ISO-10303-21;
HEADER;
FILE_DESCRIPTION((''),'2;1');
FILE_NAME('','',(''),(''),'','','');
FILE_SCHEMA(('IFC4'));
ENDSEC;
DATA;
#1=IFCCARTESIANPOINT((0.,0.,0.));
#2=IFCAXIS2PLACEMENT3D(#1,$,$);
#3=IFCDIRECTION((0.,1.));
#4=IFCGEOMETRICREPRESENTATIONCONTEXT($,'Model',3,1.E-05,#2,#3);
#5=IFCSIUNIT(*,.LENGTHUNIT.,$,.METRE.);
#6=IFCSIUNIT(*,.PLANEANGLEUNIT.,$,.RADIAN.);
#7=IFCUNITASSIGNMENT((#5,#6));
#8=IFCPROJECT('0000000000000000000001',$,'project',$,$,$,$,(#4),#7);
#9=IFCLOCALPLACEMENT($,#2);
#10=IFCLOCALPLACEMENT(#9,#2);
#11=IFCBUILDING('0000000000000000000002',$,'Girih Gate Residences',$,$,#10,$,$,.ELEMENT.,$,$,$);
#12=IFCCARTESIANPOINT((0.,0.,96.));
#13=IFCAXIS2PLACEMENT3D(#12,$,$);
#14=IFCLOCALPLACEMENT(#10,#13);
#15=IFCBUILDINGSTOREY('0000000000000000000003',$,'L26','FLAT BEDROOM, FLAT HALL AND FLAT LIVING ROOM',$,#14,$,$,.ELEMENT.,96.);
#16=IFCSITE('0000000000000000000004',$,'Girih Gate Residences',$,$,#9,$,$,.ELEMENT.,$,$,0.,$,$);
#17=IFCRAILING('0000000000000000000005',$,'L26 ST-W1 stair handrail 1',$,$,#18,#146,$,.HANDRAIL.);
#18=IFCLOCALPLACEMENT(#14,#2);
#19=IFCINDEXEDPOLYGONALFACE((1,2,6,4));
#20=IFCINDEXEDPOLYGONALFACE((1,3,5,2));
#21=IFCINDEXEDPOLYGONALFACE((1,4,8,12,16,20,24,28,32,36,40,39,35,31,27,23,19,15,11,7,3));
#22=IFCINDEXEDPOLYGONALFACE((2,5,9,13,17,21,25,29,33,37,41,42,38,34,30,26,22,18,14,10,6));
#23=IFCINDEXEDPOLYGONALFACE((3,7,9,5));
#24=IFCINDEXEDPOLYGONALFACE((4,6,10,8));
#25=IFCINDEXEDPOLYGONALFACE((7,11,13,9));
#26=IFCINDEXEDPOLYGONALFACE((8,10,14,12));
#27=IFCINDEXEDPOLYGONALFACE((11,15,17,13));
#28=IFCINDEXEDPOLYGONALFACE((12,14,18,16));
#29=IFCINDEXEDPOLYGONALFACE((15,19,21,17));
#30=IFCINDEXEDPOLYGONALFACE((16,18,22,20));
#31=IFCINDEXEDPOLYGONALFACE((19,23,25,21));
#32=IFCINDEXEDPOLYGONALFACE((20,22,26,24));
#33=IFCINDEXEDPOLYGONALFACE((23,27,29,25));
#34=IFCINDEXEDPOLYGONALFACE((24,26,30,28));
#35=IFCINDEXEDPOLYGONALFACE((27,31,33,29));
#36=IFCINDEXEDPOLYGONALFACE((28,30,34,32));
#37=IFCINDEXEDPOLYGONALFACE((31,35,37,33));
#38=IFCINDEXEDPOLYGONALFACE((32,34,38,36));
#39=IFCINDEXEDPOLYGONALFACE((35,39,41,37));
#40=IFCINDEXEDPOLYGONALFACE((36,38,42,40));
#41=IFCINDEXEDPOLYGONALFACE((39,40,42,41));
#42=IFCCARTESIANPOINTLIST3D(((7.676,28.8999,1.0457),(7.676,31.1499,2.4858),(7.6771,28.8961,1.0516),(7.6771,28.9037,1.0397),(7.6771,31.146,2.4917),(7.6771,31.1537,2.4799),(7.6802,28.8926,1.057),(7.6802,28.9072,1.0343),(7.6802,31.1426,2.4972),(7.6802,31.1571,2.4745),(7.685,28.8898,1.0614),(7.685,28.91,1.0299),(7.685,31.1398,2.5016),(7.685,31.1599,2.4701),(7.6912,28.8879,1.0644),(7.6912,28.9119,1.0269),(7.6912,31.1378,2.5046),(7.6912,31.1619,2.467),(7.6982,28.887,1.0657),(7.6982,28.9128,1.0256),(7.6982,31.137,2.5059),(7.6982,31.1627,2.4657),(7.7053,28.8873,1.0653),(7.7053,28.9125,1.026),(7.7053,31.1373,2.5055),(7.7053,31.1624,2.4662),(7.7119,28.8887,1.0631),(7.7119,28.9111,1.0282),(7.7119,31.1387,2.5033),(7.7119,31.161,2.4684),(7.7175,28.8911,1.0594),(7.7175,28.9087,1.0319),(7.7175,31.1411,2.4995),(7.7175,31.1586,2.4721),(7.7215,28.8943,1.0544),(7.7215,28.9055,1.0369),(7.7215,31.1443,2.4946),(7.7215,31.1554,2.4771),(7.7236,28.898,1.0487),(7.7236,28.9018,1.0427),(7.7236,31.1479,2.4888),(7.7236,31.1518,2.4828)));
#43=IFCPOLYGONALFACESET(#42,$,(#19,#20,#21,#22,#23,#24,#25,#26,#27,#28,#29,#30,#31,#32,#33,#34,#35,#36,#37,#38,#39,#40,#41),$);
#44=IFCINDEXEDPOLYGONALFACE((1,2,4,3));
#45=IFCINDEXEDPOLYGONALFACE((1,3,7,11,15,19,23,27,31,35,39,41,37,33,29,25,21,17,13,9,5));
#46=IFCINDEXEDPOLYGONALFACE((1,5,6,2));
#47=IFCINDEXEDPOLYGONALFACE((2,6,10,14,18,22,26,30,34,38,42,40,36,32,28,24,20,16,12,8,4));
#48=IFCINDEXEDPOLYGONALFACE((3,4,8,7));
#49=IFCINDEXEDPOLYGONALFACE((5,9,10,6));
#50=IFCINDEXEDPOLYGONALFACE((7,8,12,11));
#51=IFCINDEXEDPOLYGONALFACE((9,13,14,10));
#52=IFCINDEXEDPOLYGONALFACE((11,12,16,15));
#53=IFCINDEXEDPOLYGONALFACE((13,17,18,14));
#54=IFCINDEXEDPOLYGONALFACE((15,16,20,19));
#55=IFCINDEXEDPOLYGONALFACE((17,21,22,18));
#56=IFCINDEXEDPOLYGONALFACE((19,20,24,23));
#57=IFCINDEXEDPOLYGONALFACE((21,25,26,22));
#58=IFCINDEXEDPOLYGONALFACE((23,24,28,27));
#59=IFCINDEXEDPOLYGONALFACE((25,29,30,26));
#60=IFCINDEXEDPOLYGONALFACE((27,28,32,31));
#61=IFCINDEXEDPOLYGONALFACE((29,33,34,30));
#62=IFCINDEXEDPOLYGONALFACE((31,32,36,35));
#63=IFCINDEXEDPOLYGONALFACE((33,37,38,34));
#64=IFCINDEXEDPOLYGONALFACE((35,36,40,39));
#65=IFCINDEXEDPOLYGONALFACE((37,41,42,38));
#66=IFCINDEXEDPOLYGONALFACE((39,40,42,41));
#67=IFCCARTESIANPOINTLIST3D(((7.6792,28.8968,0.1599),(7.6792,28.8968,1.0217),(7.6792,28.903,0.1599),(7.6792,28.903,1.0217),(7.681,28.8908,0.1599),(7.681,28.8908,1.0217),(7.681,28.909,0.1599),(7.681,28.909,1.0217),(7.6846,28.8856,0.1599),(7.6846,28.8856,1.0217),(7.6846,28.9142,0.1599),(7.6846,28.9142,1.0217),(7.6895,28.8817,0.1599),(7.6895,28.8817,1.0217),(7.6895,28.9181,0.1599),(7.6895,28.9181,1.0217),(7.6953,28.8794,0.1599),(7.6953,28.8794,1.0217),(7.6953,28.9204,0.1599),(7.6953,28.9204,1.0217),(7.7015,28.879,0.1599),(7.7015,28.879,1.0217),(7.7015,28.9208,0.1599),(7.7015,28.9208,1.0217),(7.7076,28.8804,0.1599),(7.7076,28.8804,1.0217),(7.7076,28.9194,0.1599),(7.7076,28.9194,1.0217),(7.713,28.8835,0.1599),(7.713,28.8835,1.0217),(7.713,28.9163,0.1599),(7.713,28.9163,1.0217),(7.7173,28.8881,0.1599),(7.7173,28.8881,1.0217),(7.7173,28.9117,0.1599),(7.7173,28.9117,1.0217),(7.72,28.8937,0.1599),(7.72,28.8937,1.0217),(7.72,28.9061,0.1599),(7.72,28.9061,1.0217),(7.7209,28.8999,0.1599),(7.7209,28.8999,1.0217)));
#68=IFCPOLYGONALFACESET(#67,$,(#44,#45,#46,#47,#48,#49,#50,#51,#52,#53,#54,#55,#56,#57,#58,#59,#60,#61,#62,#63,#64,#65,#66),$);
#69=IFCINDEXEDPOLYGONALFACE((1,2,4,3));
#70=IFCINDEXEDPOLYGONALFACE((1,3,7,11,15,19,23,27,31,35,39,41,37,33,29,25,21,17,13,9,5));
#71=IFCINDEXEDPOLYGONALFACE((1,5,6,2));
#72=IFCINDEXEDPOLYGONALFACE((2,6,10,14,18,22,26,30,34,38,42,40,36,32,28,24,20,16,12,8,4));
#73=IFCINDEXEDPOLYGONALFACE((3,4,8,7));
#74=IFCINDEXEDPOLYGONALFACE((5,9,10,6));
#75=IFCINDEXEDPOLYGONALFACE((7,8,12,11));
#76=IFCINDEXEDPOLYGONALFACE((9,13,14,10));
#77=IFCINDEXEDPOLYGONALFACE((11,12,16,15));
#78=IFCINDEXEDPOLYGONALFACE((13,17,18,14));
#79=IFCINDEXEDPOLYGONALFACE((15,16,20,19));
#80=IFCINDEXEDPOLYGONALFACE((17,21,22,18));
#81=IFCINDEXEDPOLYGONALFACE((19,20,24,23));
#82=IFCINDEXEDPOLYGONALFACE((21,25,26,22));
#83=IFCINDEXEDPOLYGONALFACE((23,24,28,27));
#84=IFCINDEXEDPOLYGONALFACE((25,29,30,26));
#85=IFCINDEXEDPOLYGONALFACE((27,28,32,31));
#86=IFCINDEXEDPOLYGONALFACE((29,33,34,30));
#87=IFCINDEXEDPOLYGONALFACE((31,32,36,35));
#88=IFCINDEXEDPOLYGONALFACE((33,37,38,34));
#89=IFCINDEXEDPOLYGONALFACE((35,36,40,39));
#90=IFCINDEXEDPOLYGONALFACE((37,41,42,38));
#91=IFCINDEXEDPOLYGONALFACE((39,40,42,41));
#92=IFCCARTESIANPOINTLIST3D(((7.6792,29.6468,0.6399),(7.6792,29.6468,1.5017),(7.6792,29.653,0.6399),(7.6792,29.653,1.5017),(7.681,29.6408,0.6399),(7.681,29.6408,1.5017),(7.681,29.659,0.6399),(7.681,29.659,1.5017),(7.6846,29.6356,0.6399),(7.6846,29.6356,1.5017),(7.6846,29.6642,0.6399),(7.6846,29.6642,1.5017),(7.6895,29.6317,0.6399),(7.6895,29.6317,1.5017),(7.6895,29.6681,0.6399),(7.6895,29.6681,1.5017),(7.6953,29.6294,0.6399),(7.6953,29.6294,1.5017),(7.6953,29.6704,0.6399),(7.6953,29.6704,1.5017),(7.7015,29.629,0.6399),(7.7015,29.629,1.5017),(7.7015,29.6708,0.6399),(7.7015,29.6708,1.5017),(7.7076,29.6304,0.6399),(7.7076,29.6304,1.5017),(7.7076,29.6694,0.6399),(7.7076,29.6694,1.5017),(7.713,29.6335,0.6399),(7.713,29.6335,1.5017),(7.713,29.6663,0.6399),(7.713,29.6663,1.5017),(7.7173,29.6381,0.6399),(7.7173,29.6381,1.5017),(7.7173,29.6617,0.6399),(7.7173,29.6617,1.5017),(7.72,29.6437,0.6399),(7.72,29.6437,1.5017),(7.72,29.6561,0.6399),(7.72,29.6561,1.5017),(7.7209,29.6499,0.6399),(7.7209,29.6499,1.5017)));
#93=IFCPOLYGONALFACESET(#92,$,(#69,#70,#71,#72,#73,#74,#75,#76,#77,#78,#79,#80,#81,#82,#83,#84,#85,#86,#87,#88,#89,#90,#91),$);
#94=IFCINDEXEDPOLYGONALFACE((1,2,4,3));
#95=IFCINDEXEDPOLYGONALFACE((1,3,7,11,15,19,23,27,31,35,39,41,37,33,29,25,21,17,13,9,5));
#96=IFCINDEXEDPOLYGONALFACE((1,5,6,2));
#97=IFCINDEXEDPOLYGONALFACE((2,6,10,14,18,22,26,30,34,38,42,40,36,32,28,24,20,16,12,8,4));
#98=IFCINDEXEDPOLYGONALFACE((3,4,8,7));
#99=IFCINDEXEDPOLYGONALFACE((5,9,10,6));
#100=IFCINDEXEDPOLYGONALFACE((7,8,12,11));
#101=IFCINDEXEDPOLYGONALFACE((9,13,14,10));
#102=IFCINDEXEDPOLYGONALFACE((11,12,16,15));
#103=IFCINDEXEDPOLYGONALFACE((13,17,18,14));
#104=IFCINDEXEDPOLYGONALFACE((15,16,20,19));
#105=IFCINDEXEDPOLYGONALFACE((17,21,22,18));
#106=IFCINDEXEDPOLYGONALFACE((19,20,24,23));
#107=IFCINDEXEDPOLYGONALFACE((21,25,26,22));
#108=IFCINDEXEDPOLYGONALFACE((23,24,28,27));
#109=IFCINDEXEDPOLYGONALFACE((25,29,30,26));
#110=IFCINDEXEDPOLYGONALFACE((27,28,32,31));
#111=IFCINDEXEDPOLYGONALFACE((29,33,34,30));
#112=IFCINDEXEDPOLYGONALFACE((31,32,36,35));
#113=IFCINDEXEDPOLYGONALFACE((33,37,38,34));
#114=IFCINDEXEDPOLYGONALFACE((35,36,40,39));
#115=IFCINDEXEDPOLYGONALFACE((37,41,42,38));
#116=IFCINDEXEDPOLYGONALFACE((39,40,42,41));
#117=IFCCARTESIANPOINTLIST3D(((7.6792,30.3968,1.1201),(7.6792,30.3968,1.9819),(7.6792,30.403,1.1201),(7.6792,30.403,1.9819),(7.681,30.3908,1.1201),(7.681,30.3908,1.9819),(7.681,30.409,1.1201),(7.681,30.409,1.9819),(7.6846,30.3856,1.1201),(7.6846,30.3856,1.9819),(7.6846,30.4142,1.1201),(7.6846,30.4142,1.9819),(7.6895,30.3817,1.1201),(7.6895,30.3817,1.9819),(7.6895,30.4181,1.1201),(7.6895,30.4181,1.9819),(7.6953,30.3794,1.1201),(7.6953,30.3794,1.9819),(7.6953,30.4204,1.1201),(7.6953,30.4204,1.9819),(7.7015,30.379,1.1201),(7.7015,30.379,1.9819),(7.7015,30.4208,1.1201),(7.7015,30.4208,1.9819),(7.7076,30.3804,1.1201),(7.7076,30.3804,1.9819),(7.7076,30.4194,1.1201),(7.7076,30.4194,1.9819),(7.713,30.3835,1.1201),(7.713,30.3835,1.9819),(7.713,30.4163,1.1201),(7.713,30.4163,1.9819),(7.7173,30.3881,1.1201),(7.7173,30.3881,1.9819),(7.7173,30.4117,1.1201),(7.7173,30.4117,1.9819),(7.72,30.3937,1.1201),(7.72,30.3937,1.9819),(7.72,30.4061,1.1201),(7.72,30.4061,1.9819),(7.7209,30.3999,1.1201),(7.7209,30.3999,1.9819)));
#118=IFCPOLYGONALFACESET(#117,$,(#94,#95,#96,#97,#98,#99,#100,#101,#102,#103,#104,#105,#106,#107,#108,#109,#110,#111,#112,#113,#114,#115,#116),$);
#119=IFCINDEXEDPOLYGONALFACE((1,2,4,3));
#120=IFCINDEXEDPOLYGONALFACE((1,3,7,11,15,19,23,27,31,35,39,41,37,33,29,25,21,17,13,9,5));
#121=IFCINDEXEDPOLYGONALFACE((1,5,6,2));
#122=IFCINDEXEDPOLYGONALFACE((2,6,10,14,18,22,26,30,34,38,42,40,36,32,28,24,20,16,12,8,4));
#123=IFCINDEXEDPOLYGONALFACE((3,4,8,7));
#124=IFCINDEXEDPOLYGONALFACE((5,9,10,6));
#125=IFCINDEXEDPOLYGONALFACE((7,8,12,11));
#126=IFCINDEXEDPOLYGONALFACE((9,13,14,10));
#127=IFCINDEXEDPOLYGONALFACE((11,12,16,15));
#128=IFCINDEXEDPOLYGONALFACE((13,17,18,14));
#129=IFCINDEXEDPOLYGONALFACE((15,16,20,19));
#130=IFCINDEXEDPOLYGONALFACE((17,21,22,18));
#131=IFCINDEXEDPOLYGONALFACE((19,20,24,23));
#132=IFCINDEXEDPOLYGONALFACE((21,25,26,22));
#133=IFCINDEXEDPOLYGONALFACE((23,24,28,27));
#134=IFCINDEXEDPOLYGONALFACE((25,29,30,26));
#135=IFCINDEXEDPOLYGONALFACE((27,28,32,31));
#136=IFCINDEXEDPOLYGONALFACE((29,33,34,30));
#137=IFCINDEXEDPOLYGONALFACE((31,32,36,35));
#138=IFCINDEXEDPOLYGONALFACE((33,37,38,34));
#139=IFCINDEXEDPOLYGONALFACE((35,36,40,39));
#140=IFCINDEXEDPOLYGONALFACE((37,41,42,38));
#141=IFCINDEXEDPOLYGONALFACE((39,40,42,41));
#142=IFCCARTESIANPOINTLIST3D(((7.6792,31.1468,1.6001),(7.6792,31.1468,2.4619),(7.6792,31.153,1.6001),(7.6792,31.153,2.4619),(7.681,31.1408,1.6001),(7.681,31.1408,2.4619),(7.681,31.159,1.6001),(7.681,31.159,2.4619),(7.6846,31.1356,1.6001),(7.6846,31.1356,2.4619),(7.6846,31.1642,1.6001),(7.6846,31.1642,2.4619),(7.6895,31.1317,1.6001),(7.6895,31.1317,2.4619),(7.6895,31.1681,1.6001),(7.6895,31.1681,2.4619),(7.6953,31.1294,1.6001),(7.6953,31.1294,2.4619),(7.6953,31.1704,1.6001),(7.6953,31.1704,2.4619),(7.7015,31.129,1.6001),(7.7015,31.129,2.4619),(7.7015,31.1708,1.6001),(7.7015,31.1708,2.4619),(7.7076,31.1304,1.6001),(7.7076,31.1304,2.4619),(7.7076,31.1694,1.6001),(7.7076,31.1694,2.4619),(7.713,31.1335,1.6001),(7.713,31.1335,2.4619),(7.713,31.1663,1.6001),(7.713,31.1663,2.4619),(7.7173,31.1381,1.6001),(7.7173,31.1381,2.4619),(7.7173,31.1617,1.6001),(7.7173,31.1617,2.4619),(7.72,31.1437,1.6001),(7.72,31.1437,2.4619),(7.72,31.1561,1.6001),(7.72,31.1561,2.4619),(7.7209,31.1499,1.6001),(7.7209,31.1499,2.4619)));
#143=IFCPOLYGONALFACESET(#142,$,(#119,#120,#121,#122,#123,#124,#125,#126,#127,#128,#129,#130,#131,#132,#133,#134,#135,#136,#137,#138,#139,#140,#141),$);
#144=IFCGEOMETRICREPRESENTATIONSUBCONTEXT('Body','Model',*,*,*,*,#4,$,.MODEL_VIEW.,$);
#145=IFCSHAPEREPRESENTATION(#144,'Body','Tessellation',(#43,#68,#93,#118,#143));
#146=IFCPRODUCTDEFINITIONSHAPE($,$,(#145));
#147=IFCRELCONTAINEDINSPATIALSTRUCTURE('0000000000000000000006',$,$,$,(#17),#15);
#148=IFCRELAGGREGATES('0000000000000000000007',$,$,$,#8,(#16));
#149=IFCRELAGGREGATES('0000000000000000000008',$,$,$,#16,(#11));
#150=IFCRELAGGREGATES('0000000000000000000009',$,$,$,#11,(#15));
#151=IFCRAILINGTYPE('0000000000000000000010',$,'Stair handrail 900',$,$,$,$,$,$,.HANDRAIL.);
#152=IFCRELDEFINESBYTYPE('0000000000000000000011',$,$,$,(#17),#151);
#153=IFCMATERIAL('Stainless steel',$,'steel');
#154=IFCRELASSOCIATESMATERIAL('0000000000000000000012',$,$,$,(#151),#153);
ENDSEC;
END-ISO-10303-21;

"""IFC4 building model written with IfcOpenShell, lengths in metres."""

from ifc_helpers import new_model, si_unit, direction, frame, origin, origin_2d, place, context, subcontext, project, spatial, circle, extrude, material, type_object, element, save


model = new_model("IFC4")

# Units and contexts
model_context = context("Model", 3, precision=1e-05, world=origin(), true_north=direction((0.0, 1.0)))
body_context = subcontext(model_context, "Body", "Model", "MODEL_VIEW")
ifc_project = project(units=[si_unit("LENGTHUNIT", "METRE"), si_unit("PLANEANGLEUNIT", "RADIAN")], contexts=[model_context])

# Site, building, storey
site_placement = place(None, origin())
site = spatial("IfcSite", under=ifc_project, at=site_placement, Name="Girih Gate Residences", CompositionType="ELEMENT", RefElevation=0.0)
building_placement = place(site_placement, origin())
building = spatial("IfcBuilding", under=site, at=building_placement, Name="Girih Gate Residences", CompositionType="ELEMENT")
storey_placement = place(building_placement, frame((0.0, 0.0, 96.0)))
storey = spatial("IfcBuildingStorey", under=building, at=storey_placement, Name="L26", Description="FLAT BEDROOM, FLAT HALL AND FLAT LIVING ROOM", CompositionType="ELEMENT", Elevation=96.0)

# Railing
ifc_material_1 = material(Name="Stainless steel", Category="steel")
railing_type_1 = type_object("IfcRailingType", Name="Stair handrail 900", PredefinedType="HANDRAIL", material=ifc_material_1)
railing_1_placement = place(storey_placement, frame((7.7, 28.8999, 0.1599)))
element("IfcRailing", 1, at=railing_1_placement, inside=storey, type_object=railing_type_1, Name="L26 ST-W1 stair handrail 1", PredefinedType="HANDRAIL", context=body_context, shape_type="SweptSolid", body=[
    extrude(circle(Radius=0.0239, at=origin_2d()), frame((0.0, 0.0, 0.8857), z_axis=(0.0, 0.84224, 0.539103), x_axis=(-1.0, 0.0, 0.0)), (0.0, 0.0, 1.0), 2.6714),
    extrude(circle(Radius=0.021, at=origin_2d()), origin(), (0.0, 0.0, 1.0), 0.8618),
    extrude(circle(Radius=0.021, at=origin_2d()), frame((0.0, 0.75, 0.48)), (0.0, 0.0, 1.0), 0.8618),
    extrude(circle(Radius=0.021, at=origin_2d()), frame((0.0, 1.5, 0.9602)), (0.0, 0.0, 1.0), 0.8618),
    extrude(circle(Radius=0.021, at=origin_2d()), frame((0.0, 2.25, 1.4402)), (0.0, 0.0, 1.0), 0.8618),
])

save(model, "model.ifc")
